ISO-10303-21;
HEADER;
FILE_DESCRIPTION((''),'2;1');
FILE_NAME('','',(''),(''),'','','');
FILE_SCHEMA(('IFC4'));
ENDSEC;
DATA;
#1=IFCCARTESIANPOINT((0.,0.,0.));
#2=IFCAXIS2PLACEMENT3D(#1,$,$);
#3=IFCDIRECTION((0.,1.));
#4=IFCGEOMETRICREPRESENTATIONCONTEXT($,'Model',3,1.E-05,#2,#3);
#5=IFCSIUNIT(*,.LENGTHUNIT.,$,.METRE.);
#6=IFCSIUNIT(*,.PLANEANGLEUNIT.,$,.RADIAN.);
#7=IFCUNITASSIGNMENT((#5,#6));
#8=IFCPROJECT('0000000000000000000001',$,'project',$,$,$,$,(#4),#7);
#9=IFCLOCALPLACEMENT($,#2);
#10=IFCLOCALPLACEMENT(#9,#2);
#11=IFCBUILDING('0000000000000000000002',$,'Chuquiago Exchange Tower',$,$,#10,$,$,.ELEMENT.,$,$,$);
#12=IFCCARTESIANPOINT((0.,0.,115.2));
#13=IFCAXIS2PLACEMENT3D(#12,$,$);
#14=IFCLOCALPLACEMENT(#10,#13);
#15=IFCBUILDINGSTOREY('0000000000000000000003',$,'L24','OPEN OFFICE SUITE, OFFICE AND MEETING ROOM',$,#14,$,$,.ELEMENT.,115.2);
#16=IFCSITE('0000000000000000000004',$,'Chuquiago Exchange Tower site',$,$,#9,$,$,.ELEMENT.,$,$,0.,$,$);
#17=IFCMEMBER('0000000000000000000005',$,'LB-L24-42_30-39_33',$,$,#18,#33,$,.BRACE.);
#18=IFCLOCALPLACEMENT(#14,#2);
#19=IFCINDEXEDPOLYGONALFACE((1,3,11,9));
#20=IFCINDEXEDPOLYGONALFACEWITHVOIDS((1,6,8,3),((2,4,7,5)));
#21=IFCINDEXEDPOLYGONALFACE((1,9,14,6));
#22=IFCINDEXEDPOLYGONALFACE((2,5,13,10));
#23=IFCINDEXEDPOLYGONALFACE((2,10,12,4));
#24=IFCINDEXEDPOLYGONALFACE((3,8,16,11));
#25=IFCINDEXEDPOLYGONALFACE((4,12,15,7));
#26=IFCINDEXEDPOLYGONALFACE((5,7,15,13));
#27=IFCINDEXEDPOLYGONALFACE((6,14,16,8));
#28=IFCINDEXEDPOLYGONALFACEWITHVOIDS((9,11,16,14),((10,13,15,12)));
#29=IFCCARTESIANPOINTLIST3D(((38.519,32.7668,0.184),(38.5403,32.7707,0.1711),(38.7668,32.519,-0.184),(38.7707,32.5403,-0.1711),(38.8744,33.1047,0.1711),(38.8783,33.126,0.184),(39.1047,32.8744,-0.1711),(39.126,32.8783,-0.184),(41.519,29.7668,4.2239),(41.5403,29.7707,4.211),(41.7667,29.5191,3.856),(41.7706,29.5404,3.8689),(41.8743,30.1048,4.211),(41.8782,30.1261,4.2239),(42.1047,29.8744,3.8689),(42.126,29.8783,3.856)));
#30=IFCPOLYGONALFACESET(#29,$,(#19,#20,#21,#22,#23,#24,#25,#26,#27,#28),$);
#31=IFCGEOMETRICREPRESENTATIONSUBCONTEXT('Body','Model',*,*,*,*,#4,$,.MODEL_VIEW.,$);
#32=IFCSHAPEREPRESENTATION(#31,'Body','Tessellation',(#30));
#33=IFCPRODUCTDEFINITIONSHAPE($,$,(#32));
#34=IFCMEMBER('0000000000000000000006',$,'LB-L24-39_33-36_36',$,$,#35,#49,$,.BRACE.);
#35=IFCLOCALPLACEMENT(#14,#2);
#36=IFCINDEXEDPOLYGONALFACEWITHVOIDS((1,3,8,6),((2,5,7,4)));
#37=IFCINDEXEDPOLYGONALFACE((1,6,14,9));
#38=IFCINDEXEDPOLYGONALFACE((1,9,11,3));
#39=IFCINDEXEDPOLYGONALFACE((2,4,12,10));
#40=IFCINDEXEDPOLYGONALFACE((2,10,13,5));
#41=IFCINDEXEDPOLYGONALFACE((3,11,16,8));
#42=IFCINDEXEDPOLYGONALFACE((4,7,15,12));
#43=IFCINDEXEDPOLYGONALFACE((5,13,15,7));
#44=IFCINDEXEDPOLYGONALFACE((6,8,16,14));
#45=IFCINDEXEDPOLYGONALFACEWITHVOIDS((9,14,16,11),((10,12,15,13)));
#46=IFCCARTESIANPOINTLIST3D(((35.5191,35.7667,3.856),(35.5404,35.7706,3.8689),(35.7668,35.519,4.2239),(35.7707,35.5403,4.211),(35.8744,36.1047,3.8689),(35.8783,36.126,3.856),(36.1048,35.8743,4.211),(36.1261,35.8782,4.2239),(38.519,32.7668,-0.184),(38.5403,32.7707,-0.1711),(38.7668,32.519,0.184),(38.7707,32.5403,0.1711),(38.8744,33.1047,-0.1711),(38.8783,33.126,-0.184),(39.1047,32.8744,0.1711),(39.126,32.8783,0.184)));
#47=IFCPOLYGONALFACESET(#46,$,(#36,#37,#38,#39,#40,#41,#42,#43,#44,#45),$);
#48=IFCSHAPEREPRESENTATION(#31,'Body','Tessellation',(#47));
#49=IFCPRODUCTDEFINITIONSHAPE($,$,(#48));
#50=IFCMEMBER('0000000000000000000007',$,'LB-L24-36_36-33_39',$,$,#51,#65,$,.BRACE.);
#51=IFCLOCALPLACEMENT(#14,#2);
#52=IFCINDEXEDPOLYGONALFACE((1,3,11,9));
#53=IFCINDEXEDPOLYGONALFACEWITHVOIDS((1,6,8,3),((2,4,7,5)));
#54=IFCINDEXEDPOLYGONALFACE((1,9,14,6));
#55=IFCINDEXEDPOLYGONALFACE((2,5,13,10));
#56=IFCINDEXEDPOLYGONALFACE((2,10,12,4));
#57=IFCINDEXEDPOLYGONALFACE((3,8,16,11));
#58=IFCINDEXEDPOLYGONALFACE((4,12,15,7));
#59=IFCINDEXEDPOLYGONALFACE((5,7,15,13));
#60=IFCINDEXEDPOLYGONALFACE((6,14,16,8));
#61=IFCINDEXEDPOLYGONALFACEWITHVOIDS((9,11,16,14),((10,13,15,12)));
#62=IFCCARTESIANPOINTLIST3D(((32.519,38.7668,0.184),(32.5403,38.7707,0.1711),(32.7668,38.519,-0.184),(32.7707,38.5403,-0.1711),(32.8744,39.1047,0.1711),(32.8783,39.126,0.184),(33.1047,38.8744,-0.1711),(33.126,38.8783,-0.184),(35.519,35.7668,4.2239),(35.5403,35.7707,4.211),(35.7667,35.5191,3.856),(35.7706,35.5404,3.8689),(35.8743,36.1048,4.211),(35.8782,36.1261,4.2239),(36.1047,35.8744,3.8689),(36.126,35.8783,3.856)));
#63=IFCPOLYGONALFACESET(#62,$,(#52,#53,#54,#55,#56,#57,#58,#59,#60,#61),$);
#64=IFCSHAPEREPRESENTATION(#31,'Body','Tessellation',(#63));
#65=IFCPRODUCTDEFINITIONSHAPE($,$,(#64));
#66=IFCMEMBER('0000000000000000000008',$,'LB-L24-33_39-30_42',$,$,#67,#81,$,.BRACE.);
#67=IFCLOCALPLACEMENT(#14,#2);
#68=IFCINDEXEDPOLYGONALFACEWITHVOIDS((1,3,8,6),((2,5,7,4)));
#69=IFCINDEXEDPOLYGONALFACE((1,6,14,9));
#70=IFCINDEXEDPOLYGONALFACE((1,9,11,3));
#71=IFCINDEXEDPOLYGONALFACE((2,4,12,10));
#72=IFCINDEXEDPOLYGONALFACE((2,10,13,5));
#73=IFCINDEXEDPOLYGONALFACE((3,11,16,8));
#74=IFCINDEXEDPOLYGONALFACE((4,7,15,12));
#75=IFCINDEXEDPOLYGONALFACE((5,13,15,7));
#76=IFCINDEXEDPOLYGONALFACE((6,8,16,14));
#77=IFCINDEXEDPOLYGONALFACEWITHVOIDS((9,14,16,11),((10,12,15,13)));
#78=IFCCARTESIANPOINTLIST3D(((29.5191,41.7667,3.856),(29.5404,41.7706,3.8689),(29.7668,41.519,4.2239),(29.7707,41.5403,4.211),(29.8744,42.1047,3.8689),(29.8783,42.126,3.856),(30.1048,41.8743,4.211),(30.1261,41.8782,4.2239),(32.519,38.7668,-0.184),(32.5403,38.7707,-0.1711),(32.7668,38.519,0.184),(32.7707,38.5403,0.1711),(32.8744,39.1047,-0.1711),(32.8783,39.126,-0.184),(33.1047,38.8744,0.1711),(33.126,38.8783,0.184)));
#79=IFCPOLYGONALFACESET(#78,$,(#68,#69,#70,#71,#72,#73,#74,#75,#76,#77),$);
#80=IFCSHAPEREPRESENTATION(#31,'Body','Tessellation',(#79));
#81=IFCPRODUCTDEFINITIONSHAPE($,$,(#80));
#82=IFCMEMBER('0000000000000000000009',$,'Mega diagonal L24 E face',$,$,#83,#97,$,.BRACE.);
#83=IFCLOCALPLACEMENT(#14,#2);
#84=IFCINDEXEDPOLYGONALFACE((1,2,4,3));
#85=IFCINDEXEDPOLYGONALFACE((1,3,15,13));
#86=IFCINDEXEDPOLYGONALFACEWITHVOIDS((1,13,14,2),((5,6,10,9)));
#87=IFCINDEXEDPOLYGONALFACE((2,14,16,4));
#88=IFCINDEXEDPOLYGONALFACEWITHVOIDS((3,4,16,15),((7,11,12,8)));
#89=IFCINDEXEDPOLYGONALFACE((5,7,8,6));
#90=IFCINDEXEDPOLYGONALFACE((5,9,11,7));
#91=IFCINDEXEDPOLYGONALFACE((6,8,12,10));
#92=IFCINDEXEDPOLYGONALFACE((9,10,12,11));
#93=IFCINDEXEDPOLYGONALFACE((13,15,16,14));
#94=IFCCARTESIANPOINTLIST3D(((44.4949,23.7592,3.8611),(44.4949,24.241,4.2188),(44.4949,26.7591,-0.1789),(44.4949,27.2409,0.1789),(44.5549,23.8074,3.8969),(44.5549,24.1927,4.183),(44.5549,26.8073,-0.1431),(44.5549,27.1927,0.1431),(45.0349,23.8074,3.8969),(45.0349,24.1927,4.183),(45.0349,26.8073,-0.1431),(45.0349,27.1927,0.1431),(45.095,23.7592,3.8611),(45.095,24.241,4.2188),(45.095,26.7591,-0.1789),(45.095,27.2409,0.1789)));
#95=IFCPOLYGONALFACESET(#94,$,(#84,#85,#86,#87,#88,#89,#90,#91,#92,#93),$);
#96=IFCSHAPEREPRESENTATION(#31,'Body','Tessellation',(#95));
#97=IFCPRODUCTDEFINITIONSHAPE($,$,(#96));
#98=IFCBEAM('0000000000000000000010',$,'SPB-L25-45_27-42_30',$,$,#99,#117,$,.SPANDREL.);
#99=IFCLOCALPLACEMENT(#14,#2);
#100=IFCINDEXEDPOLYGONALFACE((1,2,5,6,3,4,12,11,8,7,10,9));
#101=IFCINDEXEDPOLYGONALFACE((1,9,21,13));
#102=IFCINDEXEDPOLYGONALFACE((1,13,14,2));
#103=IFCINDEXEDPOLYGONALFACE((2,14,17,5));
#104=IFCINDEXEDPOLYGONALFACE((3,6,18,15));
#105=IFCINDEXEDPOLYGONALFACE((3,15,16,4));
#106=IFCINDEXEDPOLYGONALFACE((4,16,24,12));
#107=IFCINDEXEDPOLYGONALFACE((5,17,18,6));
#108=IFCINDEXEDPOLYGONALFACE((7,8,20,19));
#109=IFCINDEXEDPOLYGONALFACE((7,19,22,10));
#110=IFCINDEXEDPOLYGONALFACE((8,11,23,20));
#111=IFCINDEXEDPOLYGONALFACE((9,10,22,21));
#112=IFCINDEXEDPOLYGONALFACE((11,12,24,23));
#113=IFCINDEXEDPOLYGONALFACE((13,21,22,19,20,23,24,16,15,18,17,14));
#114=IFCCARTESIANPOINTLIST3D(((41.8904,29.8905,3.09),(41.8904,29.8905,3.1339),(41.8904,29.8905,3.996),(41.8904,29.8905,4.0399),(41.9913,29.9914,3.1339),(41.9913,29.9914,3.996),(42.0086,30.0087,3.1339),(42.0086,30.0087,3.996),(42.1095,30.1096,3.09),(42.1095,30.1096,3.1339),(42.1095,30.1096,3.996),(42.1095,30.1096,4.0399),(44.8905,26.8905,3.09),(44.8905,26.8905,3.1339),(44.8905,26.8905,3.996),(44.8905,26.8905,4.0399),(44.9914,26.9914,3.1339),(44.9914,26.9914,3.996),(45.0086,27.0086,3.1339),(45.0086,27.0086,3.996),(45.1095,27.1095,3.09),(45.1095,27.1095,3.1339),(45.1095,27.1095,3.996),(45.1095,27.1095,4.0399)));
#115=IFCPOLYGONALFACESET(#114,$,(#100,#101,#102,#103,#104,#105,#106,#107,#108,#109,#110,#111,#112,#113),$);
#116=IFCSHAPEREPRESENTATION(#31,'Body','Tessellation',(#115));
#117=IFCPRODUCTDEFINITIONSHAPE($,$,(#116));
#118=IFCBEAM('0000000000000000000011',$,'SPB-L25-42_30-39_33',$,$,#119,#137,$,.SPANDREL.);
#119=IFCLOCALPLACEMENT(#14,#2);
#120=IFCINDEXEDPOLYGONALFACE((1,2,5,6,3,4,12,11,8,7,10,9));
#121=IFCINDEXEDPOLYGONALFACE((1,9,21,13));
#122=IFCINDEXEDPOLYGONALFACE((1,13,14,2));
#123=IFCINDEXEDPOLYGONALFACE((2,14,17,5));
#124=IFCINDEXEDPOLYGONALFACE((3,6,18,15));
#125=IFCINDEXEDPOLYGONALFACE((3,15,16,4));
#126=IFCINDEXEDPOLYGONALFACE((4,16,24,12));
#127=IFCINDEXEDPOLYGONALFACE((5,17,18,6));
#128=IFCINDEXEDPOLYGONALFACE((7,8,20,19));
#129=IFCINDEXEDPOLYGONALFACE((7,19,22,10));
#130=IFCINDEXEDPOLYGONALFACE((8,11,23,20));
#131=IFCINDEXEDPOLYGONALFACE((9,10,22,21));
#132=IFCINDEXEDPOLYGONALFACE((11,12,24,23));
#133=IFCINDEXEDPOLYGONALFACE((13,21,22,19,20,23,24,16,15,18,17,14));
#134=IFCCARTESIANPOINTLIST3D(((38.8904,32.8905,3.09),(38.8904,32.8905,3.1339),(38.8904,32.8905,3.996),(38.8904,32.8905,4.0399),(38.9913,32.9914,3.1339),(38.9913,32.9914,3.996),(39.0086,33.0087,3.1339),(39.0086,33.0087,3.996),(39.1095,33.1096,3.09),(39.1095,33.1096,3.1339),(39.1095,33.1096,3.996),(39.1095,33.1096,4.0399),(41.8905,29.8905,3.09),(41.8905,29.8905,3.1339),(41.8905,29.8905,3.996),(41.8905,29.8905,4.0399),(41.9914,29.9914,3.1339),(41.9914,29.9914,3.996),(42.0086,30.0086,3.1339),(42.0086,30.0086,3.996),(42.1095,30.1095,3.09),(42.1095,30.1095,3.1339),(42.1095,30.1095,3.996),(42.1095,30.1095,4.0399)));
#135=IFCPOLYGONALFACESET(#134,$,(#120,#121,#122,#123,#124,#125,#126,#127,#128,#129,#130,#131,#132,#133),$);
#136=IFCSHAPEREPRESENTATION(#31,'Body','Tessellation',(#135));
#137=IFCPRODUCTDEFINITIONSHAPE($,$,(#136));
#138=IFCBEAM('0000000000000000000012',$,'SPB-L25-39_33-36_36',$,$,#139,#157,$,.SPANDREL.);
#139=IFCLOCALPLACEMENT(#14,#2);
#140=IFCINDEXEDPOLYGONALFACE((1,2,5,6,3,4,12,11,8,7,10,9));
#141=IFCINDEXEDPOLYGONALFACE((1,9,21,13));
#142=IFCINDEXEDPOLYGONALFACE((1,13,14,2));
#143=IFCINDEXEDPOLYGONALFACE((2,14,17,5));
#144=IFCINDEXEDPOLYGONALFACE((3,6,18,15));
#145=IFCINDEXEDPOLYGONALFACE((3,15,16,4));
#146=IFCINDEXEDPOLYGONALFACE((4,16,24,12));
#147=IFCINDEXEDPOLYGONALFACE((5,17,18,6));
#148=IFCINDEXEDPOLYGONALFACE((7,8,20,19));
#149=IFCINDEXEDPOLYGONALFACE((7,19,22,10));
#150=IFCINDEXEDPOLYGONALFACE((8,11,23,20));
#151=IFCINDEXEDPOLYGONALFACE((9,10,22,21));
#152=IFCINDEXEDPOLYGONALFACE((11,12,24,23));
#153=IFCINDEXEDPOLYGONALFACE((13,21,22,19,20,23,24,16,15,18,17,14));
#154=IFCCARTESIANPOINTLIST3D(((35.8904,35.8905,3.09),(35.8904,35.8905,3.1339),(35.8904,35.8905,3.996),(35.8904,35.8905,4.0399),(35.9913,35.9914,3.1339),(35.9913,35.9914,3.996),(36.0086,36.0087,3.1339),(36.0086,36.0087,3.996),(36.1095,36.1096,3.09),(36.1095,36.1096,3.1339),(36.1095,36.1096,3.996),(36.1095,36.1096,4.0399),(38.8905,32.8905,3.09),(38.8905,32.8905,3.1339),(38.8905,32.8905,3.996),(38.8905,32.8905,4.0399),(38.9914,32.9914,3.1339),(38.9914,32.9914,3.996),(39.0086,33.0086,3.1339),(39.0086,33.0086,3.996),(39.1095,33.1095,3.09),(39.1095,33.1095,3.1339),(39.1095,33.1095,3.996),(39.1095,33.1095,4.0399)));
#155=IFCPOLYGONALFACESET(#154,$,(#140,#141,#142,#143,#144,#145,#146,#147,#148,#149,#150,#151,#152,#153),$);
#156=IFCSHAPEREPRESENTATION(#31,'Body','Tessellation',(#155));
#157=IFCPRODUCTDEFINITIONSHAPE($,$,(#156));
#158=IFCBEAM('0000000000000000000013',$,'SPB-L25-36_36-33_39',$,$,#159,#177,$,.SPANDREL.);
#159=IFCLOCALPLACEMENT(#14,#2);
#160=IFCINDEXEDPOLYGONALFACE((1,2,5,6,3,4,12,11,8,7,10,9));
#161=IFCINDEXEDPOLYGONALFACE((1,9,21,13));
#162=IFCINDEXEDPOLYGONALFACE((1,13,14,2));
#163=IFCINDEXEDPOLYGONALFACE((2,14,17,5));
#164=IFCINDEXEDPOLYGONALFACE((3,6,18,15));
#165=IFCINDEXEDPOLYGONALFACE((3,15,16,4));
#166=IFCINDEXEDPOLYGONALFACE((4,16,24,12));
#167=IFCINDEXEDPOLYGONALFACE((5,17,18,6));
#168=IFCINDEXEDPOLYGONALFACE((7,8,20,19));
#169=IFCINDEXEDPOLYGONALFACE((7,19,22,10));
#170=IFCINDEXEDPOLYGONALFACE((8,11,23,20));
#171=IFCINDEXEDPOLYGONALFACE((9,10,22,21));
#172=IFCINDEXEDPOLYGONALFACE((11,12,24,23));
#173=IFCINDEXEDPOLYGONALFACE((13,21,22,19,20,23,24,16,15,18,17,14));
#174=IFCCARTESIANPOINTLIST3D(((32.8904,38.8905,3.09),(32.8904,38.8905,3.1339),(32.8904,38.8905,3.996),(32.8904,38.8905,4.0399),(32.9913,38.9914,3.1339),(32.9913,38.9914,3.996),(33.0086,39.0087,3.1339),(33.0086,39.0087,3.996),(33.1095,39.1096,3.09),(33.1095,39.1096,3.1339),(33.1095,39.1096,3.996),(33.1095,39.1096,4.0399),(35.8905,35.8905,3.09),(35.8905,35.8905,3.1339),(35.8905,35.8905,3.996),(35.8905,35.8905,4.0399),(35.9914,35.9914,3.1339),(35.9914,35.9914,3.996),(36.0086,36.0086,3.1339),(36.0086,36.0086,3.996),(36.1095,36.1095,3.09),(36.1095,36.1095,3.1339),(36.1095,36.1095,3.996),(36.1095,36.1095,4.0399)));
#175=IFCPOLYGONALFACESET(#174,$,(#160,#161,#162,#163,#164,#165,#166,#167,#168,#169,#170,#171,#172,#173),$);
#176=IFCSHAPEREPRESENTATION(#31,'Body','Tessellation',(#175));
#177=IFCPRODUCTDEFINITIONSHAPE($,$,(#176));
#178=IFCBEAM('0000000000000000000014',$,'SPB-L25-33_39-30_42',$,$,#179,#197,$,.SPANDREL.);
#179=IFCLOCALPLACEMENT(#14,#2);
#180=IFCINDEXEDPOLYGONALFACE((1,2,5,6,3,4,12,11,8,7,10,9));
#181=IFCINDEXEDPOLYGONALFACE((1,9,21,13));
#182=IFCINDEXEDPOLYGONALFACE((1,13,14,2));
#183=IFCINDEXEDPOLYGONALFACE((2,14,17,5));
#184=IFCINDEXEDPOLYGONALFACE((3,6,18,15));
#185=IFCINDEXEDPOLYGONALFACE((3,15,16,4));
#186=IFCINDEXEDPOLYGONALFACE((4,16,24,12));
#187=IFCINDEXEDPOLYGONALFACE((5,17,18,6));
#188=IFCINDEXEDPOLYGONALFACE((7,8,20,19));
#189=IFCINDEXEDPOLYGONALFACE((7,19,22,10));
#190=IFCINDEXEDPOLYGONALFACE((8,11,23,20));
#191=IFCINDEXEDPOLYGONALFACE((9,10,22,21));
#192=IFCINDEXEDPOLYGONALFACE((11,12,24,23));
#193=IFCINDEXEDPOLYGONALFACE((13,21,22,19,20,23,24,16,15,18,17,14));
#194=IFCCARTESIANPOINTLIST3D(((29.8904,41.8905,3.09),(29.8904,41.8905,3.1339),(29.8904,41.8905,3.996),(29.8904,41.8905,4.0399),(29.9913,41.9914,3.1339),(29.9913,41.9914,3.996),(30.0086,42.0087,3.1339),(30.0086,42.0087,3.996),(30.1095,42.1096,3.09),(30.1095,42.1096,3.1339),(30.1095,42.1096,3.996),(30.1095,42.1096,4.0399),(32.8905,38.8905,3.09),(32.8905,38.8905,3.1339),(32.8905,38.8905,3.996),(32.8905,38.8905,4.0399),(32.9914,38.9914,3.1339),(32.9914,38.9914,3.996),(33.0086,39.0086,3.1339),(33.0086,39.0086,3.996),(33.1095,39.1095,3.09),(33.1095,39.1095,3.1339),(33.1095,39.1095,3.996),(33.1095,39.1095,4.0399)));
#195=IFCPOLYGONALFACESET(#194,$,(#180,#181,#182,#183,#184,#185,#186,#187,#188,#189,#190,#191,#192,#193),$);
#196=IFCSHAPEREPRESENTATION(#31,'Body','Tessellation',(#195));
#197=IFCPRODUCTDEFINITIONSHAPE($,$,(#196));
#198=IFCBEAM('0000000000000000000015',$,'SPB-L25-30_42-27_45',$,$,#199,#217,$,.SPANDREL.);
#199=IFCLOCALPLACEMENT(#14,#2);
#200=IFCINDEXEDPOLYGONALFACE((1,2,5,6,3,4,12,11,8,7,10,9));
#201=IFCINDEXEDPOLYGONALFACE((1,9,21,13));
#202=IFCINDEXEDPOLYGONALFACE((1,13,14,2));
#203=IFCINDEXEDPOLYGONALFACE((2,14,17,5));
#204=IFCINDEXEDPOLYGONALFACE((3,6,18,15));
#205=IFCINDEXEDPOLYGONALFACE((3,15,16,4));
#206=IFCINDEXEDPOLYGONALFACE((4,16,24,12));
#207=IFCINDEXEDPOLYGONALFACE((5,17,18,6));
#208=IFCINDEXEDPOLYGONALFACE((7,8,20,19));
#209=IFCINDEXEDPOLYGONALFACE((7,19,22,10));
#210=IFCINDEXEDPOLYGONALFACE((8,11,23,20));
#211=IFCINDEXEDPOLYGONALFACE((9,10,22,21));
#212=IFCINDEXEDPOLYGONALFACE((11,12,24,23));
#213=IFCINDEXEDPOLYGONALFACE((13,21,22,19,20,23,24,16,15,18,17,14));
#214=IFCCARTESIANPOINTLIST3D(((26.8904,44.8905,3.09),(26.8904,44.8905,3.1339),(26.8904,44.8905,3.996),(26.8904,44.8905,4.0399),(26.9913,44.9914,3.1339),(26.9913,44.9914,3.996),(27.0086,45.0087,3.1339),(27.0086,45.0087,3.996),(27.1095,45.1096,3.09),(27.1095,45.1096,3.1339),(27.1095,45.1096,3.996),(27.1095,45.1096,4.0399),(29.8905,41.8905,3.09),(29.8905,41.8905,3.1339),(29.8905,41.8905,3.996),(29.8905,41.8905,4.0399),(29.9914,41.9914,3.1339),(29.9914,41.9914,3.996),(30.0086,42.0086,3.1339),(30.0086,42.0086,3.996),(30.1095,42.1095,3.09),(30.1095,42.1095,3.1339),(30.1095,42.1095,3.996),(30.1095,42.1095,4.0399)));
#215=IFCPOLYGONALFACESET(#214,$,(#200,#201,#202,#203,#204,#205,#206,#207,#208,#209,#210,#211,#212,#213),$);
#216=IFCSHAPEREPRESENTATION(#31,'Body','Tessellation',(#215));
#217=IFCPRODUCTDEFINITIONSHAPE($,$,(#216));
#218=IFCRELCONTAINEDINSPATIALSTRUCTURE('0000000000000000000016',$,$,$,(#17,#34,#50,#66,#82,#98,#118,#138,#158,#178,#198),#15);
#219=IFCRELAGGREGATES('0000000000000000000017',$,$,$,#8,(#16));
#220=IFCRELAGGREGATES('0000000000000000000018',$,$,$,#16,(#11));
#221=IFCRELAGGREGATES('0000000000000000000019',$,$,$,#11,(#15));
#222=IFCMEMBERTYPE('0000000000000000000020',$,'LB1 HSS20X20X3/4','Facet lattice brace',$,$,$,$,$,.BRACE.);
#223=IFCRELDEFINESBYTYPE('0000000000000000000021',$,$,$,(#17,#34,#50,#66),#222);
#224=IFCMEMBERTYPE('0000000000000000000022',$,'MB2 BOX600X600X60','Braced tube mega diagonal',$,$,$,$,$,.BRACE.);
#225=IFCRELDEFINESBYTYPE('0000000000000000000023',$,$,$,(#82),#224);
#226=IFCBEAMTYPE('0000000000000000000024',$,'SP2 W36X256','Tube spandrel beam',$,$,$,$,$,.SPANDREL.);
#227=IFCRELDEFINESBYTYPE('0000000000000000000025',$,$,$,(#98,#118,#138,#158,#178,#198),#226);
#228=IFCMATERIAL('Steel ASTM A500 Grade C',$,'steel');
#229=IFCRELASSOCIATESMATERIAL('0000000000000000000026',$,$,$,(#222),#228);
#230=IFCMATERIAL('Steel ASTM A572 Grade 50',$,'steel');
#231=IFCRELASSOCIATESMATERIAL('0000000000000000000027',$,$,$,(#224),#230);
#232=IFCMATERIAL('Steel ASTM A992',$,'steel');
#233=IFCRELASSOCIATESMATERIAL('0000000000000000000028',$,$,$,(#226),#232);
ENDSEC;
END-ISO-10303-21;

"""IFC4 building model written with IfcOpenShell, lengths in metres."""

from ifc_helpers import new_model, si_unit, direction, frame, origin, origin_2d, place, context, subcontext, project, spatial, hollow_rectangle, i_section, extrude, material, material_profile, profile_set, type_object, element, save


model = new_model("IFC4")

# Units and contexts
model_context = context("Model", 3, precision=1e-05, world=origin(), true_north=direction((0.0, 1.0)))
body_context = subcontext(model_context, "Body", "Model", "MODEL_VIEW")
ifc_project = project(units=[si_unit("LENGTHUNIT", "METRE"), si_unit("PLANEANGLEUNIT", "RADIAN")], contexts=[model_context])

# Site, building, storey
site_placement = place(None, origin())
site = spatial("IfcSite", under=ifc_project, at=site_placement, Name="Chuquiago Exchange Tower site", CompositionType="ELEMENT", RefElevation=0.0)
building_placement = place(site_placement, origin())
building = spatial("IfcBuilding", under=site, at=building_placement, Name="Chuquiago Exchange Tower", CompositionType="ELEMENT")
storey_placement = place(building_placement, frame((0.0, 0.0, 115.2)))
storey = spatial("IfcBuildingStorey", under=building, at=storey_placement, Name="L24", Description="OPEN OFFICE SUITE, OFFICE AND MEETING ROOM", CompositionType="ELEMENT", Elevation=115.2)

# Members
ifc_material_1 = material(Name="Steel ASTM A500 Grade C", Category="steel")
ifc_material_profile_1 = material_profile(ifc_material_1, hollow_rectangle(XDim=0.5081, YDim=0.5081, WallThickness=0.0178, at=origin_2d()), Name="HSS20X20X3/4")
ifc_profile_set_1 = profile_set([ifc_material_profile_1], Name="Steel ASTM A500 Grade C")
member_type_1 = type_object("IfcMemberType", Name="LB1 HSS20X20X3/4", Description="Facet lattice brace", PredefinedType="BRACE", material=ifc_profile_set_1)
for number, where, z_axis, x_axis, name in (
    (1, (38.8225, 32.8225, 0.0), (0.512077, -0.512077, 0.689604), (0.707107, 0.707107, 0.0), "LB-L24-42_30-39_33"),
    (2, (38.8225, 32.8225, 0.0), (-0.512077, 0.512077, 0.689604), (-0.707107, -0.707107, 0.0), "LB-L24-39_33-36_36"),
    (3, (32.8225, 38.8225, 0.0), (0.512077, -0.512077, 0.689604), (0.707107, 0.707107, 0.0), "LB-L24-36_36-33_39"),
    (4, (32.8225, 38.8225, 0.0), (-0.512077, 0.512077, 0.689604), (-0.707107, -0.707107, 0.0), "LB-L24-33_39-30_42"),
):
    element("IfcMember", number, at=place(storey_placement, frame(where, z_axis=z_axis, x_axis=x_axis)), inside=storey, type_object=member_type_1, Name=name, PredefinedType="BRACE", context=body_context, shape_type="SweptSolid", body=[
        extrude(hollow_rectangle(XDim=0.5081, YDim=0.5081, WallThickness=0.0178, at=origin_2d()), origin(), (0.0, 0.0, 1.0), 5.8584),
    ])
ifc_material_2 = material(Name="Steel ASTM A572 Grade 50", Category="steel")
ifc_material_profile_2 = material_profile(ifc_material_2, hollow_rectangle(XDim=0.6001, YDim=0.6001, WallThickness=0.0601, at=origin_2d()), Name="BOX600X600X60")
ifc_profile_set_2 = profile_set([ifc_material_profile_2], Name="Steel ASTM A572 Grade 50")
member_type_2 = type_object("IfcMemberType", Name="MB2 BOX600X600X60", Description="Braced tube mega diagonal", PredefinedType="BRACE", material=ifc_profile_set_2)
member_1_placement = place(storey_placement, frame((44.7949, 27.0, 0.0), z_axis=(0.0, -0.596174, 0.802855), x_axis=(1.0, 0.0, 0.0)))
element("IfcMember", 5, at=member_1_placement, inside=storey, type_object=member_type_2, Name="Mega diagonal L24 E face", PredefinedType="BRACE", context=body_context, shape_type="SweptSolid", body=[
    extrude(hollow_rectangle(XDim=0.6001, YDim=0.6001, WallThickness=0.0601, at=origin_2d()), origin(), (0.0, 0.0, 1.0), 5.032),
])

# Beams
ifc_material_3 = material(Name="Steel ASTM A992", Category="steel")
ifc_material_profile_3 = material_profile(ifc_material_3, i_section(OverallWidth=0.3098, OverallDepth=0.95, WebThickness=0.0244, FlangeThickness=0.0439, at=origin_2d()), Name="W36X256")
ifc_profile_set_3 = profile_set([ifc_material_profile_3], Name="Steel ASTM A992")
beam_type_1 = type_object("IfcBeamType", Name="SP2 W36X256", Description="Tube spandrel beam", PredefinedType="SPANDREL", material=ifc_profile_set_3)
for number, where, z_axis, x_axis, name in (
    (6, (45.0, 27.0, 3.5649), (-0.707107, 0.707107, 0.0), (-0.707107, -0.707107, 0.0), "SPB-L25-45_27-42_30"),
    (7, (42.0, 30.0, 3.5649), (-0.707107, 0.707107, 0.0), (-0.707107, -0.707107, 0.0), "SPB-L25-42_30-39_33"),
    (8, (39.0, 33.0, 3.5649), (-0.707107, 0.707107, 0.0), (-0.707107, -0.707107, 0.0), "SPB-L25-39_33-36_36"),
    (9, (36.0, 36.0, 3.5649), (-0.707107, 0.707107, 0.0), (-0.707107, -0.707107, 0.0), "SPB-L25-36_36-33_39"),
    (10, (33.0, 39.0, 3.5649), (-0.707107, 0.707107, 0.0), (-0.707107, -0.707107, 0.0), "SPB-L25-33_39-30_42"),
    (11, (30.0, 42.0, 3.5649), (-0.707107, 0.707107, 0.0), (-0.707107, -0.707107, 0.0), "SPB-L25-30_42-27_45"),
):
    element("IfcBeam", number, at=place(storey_placement, frame(where, z_axis=z_axis, x_axis=x_axis)), inside=storey, type_object=beam_type_1, Name=name, PredefinedType="SPANDREL", context=body_context, shape_type="SweptSolid", body=[
        extrude(i_section(OverallWidth=0.3098, OverallDepth=0.95, WebThickness=0.0244, FlangeThickness=0.0439, at=origin_2d()), origin(), (0.0, 0.0, 1.0), 4.2427),
    ])

save(model, "model.ifc")
